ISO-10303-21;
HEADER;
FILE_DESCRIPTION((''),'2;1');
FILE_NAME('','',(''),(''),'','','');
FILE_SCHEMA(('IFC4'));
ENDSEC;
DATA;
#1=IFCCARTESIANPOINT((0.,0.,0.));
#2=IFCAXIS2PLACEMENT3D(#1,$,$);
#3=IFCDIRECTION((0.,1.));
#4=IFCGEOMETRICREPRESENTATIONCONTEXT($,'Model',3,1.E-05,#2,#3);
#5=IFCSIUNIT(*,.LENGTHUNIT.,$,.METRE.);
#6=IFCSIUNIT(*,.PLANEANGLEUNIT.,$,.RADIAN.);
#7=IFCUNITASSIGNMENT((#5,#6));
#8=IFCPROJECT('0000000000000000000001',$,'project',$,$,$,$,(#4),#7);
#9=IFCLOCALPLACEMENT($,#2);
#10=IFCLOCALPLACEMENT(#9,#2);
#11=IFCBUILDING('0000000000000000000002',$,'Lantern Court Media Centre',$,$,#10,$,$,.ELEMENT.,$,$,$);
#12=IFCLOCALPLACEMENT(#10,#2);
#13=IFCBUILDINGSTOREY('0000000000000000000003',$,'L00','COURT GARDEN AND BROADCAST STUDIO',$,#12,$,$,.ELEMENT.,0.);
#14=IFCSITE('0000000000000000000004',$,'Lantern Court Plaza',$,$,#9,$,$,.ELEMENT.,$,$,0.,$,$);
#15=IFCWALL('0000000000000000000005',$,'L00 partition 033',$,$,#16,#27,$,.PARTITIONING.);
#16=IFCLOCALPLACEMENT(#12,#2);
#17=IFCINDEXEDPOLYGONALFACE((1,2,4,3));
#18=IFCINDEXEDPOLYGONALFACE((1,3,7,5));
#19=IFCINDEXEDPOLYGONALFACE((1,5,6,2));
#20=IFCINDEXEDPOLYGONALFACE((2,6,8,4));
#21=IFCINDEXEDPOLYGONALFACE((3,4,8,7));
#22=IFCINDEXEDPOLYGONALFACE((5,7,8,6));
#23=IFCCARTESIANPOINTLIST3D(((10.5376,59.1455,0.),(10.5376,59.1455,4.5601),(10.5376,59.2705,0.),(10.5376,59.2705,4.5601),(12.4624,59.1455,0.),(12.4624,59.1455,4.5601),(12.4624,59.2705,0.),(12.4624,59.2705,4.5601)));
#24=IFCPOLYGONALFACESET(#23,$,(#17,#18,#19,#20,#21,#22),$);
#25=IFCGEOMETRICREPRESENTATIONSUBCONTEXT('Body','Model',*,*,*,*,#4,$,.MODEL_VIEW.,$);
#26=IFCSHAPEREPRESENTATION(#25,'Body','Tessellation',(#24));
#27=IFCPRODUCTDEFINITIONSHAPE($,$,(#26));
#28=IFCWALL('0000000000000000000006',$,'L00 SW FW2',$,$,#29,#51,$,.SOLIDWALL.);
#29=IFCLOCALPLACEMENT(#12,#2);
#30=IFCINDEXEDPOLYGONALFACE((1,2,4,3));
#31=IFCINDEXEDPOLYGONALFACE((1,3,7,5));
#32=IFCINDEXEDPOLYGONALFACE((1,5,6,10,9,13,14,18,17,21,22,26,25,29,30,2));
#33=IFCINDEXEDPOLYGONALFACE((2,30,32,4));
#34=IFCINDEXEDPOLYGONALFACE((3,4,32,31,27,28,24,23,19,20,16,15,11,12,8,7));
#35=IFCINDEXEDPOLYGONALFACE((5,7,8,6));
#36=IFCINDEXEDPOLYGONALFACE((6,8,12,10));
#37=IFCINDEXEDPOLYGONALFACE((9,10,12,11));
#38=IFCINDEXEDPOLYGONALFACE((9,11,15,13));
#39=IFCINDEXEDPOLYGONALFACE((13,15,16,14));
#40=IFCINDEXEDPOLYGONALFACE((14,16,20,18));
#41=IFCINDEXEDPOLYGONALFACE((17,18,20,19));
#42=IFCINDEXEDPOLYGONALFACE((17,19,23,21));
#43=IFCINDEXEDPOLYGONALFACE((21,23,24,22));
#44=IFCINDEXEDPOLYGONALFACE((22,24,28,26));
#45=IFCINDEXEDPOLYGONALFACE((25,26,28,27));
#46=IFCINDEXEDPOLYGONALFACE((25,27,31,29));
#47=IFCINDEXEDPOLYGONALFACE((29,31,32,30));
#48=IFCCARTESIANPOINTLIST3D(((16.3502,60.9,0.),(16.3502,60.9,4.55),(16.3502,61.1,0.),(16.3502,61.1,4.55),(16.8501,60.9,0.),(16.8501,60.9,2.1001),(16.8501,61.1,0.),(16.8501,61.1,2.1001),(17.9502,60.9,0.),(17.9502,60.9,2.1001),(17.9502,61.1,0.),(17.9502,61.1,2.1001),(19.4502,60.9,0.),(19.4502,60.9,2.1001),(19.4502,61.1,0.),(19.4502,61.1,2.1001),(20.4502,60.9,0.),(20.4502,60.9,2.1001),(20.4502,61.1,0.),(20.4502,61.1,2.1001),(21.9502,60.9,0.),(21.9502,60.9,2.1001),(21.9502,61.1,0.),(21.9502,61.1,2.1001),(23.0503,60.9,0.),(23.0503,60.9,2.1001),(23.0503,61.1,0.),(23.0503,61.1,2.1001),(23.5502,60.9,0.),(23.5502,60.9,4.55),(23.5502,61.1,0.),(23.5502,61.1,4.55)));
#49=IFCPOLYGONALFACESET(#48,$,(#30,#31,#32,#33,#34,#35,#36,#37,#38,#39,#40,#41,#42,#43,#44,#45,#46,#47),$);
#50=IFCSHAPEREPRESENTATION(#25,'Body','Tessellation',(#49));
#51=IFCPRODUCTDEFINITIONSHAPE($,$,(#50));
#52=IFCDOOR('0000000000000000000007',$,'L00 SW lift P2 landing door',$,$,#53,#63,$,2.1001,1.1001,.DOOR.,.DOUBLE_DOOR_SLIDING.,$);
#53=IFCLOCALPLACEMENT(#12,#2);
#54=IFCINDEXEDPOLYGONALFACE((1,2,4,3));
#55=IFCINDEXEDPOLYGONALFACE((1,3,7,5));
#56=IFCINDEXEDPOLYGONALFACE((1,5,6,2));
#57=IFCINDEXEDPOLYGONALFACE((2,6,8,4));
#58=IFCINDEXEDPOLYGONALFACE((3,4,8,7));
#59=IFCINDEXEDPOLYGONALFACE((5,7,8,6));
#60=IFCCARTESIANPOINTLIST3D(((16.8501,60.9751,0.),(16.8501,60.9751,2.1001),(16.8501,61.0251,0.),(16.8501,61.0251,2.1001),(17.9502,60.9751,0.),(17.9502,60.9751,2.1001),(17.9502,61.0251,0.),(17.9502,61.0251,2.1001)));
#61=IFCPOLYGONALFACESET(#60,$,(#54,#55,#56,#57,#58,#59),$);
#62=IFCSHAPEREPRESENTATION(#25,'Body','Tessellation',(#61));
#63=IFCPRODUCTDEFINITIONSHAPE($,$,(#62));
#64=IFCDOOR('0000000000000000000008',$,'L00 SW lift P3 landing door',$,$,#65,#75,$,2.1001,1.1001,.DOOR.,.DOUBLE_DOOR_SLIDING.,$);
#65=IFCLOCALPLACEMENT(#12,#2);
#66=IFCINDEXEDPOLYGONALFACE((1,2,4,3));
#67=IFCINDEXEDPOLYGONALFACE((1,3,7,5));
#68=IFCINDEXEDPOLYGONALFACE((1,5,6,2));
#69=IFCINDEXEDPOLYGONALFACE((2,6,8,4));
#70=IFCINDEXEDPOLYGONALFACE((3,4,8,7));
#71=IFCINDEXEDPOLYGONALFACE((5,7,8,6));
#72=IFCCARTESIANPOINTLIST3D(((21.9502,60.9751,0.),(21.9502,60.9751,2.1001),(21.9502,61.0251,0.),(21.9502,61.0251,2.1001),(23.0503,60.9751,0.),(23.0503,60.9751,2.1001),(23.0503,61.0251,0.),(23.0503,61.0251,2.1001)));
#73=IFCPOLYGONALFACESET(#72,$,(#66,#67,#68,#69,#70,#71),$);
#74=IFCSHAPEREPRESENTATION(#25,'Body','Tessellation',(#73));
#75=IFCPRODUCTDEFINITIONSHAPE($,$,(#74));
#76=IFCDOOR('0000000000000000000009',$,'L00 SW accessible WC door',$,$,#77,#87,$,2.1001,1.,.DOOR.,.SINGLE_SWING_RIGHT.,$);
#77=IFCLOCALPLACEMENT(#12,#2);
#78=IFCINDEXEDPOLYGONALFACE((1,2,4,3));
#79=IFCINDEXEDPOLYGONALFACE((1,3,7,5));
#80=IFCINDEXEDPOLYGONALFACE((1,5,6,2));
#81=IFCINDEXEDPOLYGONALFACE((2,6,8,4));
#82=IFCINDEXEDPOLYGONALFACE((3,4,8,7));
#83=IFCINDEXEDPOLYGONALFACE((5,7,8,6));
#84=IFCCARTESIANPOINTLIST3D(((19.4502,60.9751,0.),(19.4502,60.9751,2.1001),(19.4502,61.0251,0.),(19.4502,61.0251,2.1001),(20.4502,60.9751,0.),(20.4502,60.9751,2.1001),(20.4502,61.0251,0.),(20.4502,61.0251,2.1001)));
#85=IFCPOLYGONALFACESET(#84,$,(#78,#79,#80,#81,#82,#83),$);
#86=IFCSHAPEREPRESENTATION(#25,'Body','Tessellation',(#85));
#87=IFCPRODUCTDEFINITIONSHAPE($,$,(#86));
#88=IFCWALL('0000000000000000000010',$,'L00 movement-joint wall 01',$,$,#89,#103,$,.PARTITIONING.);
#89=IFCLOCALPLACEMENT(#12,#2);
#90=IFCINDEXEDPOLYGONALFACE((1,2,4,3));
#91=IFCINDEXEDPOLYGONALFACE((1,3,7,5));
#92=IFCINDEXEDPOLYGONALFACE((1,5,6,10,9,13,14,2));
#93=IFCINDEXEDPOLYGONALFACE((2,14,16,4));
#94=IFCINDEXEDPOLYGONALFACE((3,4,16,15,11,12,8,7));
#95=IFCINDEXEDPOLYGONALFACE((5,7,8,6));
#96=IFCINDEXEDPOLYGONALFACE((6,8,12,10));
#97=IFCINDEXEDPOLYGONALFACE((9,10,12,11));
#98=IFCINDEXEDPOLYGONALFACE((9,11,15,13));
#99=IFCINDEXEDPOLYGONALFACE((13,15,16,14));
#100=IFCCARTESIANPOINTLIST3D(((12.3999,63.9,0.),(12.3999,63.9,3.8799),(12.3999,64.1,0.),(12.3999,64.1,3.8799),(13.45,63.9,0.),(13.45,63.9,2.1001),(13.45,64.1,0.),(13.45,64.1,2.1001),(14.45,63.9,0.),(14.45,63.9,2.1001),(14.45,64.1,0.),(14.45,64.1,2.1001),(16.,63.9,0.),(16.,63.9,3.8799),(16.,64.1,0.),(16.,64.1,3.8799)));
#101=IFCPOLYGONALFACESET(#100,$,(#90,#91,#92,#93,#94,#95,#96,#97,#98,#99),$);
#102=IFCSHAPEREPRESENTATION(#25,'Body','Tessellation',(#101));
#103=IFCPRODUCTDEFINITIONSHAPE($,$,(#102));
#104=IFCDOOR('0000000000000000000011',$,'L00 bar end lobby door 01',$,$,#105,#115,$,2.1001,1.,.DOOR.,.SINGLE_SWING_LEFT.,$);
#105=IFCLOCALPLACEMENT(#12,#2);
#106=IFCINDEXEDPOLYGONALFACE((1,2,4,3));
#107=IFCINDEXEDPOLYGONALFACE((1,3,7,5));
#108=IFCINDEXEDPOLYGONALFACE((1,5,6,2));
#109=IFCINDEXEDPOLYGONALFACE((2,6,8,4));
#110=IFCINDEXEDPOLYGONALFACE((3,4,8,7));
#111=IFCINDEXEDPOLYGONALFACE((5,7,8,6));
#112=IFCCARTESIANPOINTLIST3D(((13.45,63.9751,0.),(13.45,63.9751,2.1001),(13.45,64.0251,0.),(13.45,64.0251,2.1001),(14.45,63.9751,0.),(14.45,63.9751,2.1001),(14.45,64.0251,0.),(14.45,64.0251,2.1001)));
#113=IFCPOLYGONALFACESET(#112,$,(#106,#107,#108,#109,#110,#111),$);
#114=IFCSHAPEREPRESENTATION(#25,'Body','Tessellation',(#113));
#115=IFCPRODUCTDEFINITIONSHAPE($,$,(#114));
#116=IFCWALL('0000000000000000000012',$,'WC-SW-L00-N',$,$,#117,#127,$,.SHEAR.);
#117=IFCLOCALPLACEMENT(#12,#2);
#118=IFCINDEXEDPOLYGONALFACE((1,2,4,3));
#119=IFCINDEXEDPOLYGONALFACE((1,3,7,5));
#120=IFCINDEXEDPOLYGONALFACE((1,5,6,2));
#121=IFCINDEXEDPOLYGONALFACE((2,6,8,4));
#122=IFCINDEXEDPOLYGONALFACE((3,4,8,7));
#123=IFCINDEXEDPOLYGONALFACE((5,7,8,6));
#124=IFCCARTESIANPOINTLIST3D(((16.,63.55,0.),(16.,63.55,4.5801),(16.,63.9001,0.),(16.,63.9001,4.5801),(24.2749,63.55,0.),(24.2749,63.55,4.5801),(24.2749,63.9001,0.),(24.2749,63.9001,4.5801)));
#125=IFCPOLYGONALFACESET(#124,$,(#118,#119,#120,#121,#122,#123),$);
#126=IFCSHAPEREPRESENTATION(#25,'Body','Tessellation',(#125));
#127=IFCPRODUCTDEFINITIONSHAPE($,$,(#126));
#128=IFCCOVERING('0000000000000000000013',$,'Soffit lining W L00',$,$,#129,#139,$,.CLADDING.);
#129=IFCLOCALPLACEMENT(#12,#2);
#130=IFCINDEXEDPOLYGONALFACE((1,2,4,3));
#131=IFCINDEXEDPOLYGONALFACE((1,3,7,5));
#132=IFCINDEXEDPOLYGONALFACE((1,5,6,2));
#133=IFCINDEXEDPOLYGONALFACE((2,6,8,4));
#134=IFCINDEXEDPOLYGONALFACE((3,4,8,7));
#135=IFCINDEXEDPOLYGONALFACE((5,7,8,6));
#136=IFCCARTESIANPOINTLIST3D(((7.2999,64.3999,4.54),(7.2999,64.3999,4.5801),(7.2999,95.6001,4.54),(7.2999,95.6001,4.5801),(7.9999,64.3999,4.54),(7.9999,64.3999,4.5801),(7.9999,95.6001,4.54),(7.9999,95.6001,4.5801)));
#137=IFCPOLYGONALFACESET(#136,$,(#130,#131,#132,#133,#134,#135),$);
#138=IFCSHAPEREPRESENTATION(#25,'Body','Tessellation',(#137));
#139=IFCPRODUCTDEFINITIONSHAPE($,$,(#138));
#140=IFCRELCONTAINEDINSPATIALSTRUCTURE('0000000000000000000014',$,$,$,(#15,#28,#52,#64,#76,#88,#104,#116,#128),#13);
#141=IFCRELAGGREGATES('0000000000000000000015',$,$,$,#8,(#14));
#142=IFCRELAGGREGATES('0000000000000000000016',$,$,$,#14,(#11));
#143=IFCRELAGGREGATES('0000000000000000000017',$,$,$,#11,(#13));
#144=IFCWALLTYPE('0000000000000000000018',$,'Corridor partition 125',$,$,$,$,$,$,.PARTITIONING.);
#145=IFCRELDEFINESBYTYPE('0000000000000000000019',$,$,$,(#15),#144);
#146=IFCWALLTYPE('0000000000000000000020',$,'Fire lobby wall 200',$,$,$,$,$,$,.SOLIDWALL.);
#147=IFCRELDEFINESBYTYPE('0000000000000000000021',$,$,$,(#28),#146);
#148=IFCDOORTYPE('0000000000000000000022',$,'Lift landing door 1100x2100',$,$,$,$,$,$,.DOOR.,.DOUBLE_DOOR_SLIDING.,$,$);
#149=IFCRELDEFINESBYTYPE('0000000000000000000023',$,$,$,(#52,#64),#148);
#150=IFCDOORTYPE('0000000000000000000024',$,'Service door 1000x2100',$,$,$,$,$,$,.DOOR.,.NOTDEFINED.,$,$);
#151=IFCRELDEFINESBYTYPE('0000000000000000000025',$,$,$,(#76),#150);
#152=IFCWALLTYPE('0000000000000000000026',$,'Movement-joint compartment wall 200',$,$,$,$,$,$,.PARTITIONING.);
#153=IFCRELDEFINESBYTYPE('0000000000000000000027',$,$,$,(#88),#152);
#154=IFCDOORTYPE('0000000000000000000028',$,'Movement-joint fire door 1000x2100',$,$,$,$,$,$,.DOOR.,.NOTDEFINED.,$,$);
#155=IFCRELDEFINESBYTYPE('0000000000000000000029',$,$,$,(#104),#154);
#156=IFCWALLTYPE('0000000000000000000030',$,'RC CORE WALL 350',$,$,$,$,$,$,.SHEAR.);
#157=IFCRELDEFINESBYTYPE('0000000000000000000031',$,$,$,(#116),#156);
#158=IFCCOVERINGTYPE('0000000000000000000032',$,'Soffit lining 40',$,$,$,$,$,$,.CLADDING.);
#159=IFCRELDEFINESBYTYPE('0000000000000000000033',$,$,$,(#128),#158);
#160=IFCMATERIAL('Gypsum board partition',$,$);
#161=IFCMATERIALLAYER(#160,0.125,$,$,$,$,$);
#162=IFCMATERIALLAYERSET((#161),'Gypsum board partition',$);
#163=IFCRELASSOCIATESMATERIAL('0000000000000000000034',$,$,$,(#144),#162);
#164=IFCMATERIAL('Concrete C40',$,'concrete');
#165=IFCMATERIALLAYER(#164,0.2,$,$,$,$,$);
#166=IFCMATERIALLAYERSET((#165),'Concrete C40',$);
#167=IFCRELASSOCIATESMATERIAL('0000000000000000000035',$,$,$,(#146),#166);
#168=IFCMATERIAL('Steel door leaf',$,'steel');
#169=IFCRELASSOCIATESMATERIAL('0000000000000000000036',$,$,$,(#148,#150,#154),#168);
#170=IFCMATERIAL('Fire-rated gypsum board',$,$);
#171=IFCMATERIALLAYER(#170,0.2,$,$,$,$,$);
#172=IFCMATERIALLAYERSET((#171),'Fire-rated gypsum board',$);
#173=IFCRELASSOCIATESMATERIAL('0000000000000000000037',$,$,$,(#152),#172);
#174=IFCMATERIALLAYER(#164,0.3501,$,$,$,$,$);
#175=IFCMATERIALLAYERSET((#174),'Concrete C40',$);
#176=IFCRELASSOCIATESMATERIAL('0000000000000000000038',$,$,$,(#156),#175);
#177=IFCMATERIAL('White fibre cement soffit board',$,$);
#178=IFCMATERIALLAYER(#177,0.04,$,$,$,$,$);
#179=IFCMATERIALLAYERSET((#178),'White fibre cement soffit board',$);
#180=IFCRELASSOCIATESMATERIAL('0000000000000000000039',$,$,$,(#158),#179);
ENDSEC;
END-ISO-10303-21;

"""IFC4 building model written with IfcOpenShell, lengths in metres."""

from ifc_helpers import new_model, si_unit, direction, frame, frame_2d, origin, place, context, subcontext, project, spatial, rectangle, extrude, material, layer, layer_set, type_object, element, fill, save


model = new_model("IFC4")

# Units and contexts
model_context = context("Model", 3, precision=1e-05, world=origin(), true_north=direction((0.0, 1.0)))
body_context = subcontext(model_context, "Body", "Model", "MODEL_VIEW")
ifc_project = project(units=[si_unit("LENGTHUNIT", "METRE"), si_unit("PLANEANGLEUNIT", "RADIAN")], contexts=[model_context])

# Site, building, storey
site_placement = place(None, origin())
site = spatial("IfcSite", under=ifc_project, at=site_placement, Name="Lantern Court Plaza", CompositionType="ELEMENT", RefElevation=0.0)
building_placement = place(site_placement, origin())
building = spatial("IfcBuilding", under=site, at=building_placement, Name="Lantern Court Media Centre", CompositionType="ELEMENT")
storey_placement = place(building_placement, origin())
storey = spatial("IfcBuildingStorey", under=building, at=storey_placement, Name="L00", Description="COURT GARDEN AND BROADCAST STUDIO", CompositionType="ELEMENT", Elevation=0.0)

# Shared definitions
ifc_material_1 = material(Name="Gypsum board partition")
ifc_layer_1 = layer(ifc_material_1, 0.125)
ifc_layer_set_1 = layer_set([ifc_layer_1], Name="Gypsum board partition")
wall_type_1 = type_object("IfcWallType", Name="Corridor partition 125", PredefinedType="PARTITIONING", material=ifc_layer_set_1)

# Wall
wall_1_placement = place(storey_placement, frame((10.5376, 59.208, 0.0), z_axis=(0.0, 0.0, 1.0), x_axis=(1.0, 0.0, 0.0)))
element("IfcWall", 1, at=wall_1_placement, inside=storey, type_object=wall_type_1, Name="L00 partition 033", PredefinedType="PARTITIONING", context=body_context, shape_type="SweptSolid", body=[
    extrude(rectangle(XDim=1.9248, YDim=0.125, at=frame_2d((0.9624, 0.0))), origin(), (0.0, 0.0, 1.0), 4.5601),
])

# Wall, openings, doors
ifc_material_2 = material(Name="Concrete C40", Category="concrete")
ifc_layer_2 = layer(ifc_material_2, 0.2)
ifc_layer_set_2 = layer_set([ifc_layer_2], Name="Concrete C40")
wall_type_2 = type_object("IfcWallType", Name="Fire lobby wall 200", PredefinedType="SOLIDWALL", material=ifc_layer_set_2)
wall_2_placement = place(storey_placement, frame((16.3501, 61.0, 0.0), z_axis=(0.0, 0.0, 1.0), x_axis=(1.0, 0.0, 0.0)))
wall_2 = element("IfcWall", 2, at=wall_2_placement, inside=storey, type_object=wall_type_2, Name="L00 SW FW2", PredefinedType="SOLIDWALL", context=body_context, shape_type="SweptSolid", body=[
    extrude(rectangle(XDim=7.2, YDim=0.2, at=frame_2d((3.6001, 0.0))), origin(), (0.0, 0.0, 1.0), 4.55),
])
opening_1_placement = place(wall_2_placement, frame((0.5, 0.0, 0.0)))
opening_1 = element("IfcOpeningElement", 3, at=opening_1_placement, cuts=wall_2, PredefinedType="OPENING", context=body_context, shape_type="SweptSolid", body=[
    extrude(rectangle(XDim=1.1001, YDim=2.1001, at=frame_2d((0.55, 1.05))), frame((0.0, 0.1099, 0.0), z_axis=(0.0, -1.0, 0.0), x_axis=(1.0, 0.0, 0.0)), (0.0, 0.0, 1.0), 0.22),
])
opening_2_placement = place(wall_2_placement, frame((5.6001, 0.0, 0.0)))
opening_2 = element("IfcOpeningElement", 4, at=opening_2_placement, cuts=wall_2, PredefinedType="OPENING", context=body_context, shape_type="SweptSolid", body=[
    extrude(rectangle(XDim=1.1001, YDim=2.1001, at=frame_2d((0.55, 1.05))), frame((0.0, 0.1099, 0.0), z_axis=(0.0, -1.0, 0.0), x_axis=(1.0, 0.0, 0.0)), (0.0, 0.0, 1.0), 0.22),
])
opening_3_placement = place(wall_2_placement, frame((3.1001, 0.0, 0.0)))
opening_3 = element("IfcOpeningElement", 5, at=opening_3_placement, cuts=wall_2, PredefinedType="OPENING", context=body_context, shape_type="SweptSolid", body=[
    extrude(rectangle(XDim=1.0, YDim=2.1001, at=frame_2d((0.5, 1.05))), frame((0.0, 0.1099, 0.0), z_axis=(0.0, -1.0, 0.0), x_axis=(1.0, 0.0, 0.0)), (0.0, 0.0, 1.0), 0.22),
])
ifc_material_3 = material(Name="Steel door leaf", Category="steel")
door_type_1 = type_object("IfcDoorType", Name="Lift landing door 1100x2100", OperationType="DOUBLE_DOOR_SLIDING", PredefinedType="DOOR", material=ifc_material_3)
door_1_placement = place(opening_1_placement, frame((1.1001, 0.0, 0.0), z_axis=(0.0, 0.0, 1.0), x_axis=(-1.0, 0.0, 0.0)))
door_1 = element("IfcDoor", 6, at=door_1_placement, inside=storey, type_object=door_type_1, Name="L00 SW lift P2 landing door", OperationType="DOUBLE_DOOR_SLIDING", OverallHeight=2.1001, OverallWidth=1.1001, PredefinedType="DOOR", context=body_context, shape_type="SweptSolid", body=[
    extrude(rectangle(XDim=1.1001, YDim=2.1001, at=frame_2d((0.55, 1.05))), frame((0.0, 0.0249, 0.0), z_axis=(0.0, -1.0, 0.0), x_axis=(1.0, 0.0, 0.0)), (0.0, 0.0, 1.0), 0.05),
])
fill(opening_1, door_1)
door_2_placement = place(opening_2_placement, frame((1.1001, 0.0, 0.0), z_axis=(0.0, 0.0, 1.0), x_axis=(-1.0, 0.0, 0.0)))
door_2 = element("IfcDoor", 7, at=door_2_placement, inside=storey, type_object=door_type_1, Name="L00 SW lift P3 landing door", OperationType="DOUBLE_DOOR_SLIDING", OverallHeight=2.1001, OverallWidth=1.1001, PredefinedType="DOOR", context=body_context, shape_type="SweptSolid", body=[
    extrude(rectangle(XDim=1.1001, YDim=2.1001, at=frame_2d((0.55, 1.05))), frame((0.0, 0.0249, 0.0), z_axis=(0.0, -1.0, 0.0), x_axis=(1.0, 0.0, 0.0)), (0.0, 0.0, 1.0), 0.05),
])
fill(opening_2, door_2)
door_type_2 = type_object("IfcDoorType", Name="Service door 1000x2100", OperationType="NOTDEFINED", PredefinedType="DOOR", material=ifc_material_3)
door_3_placement = place(opening_3_placement, frame((1.0, 0.0, 0.0), z_axis=(0.0, 0.0, 1.0), x_axis=(-1.0, 0.0, 0.0)))
door_3 = element("IfcDoor", 8, at=door_3_placement, inside=storey, type_object=door_type_2, Name="L00 SW accessible WC door", OperationType="SINGLE_SWING_RIGHT", OverallHeight=2.1001, OverallWidth=1.0, PredefinedType="DOOR", context=body_context, shape_type="SweptSolid", body=[
    extrude(rectangle(XDim=1.0, YDim=2.1001, at=frame_2d((0.5, 1.05))), frame((0.0, 0.0249, 0.0), z_axis=(0.0, -1.0, 0.0), x_axis=(1.0, 0.0, 0.0)), (0.0, 0.0, 1.0), 0.05),
])
fill(opening_3, door_3)

# Wall, opening, door
ifc_material_4 = material(Name="Fire-rated gypsum board")
ifc_layer_3 = layer(ifc_material_4, 0.2)
ifc_layer_set_3 = layer_set([ifc_layer_3], Name="Fire-rated gypsum board")
wall_type_3 = type_object("IfcWallType", Name="Movement-joint compartment wall 200", PredefinedType="PARTITIONING", material=ifc_layer_set_3)
wall_3_placement = place(storey_placement, frame((12.3999, 64.0, 0.0), z_axis=(0.0, 0.0, 1.0), x_axis=(1.0, 0.0, 0.0)))
wall_3 = element("IfcWall", 9, at=wall_3_placement, inside=storey, type_object=wall_type_3, Name="L00 movement-joint wall 01", PredefinedType="PARTITIONING", context=body_context, shape_type="SweptSolid", body=[
    extrude(rectangle(XDim=3.6001, YDim=0.2, at=frame_2d((1.8, 0.0))), origin(), (0.0, 0.0, 1.0), 3.8799),
])
opening_4_placement = place(wall_3_placement, frame((1.05, 0.0, 0.0)))
opening_4 = element("IfcOpeningElement", 10, at=opening_4_placement, cuts=wall_3, PredefinedType="OPENING", context=body_context, shape_type="SweptSolid", body=[
    extrude(rectangle(XDim=1.0, YDim=2.1001, at=frame_2d((0.5, 1.05))), frame((0.0, 0.1099, 0.0), z_axis=(0.0, -1.0, 0.0), x_axis=(1.0, 0.0, 0.0)), (0.0, 0.0, 1.0), 0.22),
])
door_type_3 = type_object("IfcDoorType", Name="Movement-joint fire door 1000x2100", OperationType="NOTDEFINED", PredefinedType="DOOR", material=ifc_material_3)
door_4_placement = place(opening_4_placement, frame((1.0, 0.0, 0.0), z_axis=(0.0, 0.0, 1.0), x_axis=(-1.0, 0.0, 0.0)))
door_4 = element("IfcDoor", 11, at=door_4_placement, inside=storey, type_object=door_type_3, Name="L00 bar end lobby door 01", OperationType="SINGLE_SWING_LEFT", OverallHeight=2.1001, OverallWidth=1.0, PredefinedType="DOOR", context=body_context, shape_type="SweptSolid", body=[
    extrude(rectangle(XDim=1.0, YDim=2.1001, at=frame_2d((0.5, 1.05))), frame((0.0, 0.0249, 0.0), z_axis=(0.0, -1.0, 0.0), x_axis=(1.0, 0.0, 0.0)), (0.0, 0.0, 1.0), 0.05),
])
fill(opening_4, door_4)

# Wall
ifc_layer_4 = layer(ifc_material_2, 0.3501)
ifc_layer_set_4 = layer_set([ifc_layer_4], Name="Concrete C40")
wall_type_4 = type_object("IfcWallType", Name="RC CORE WALL 350", PredefinedType="SHEAR", material=ifc_layer_set_4)
wall_4_placement = place(storey_placement, frame((16.0, 63.7251, 0.0), z_axis=(0.0, 0.0, 1.0), x_axis=(1.0, 0.0, 0.0)))
element("IfcWall", 12, at=wall_4_placement, inside=storey, type_object=wall_type_4, Name="WC-SW-L00-N", PredefinedType="SHEAR", context=body_context, shape_type="SweptSolid", body=[
    extrude(rectangle(XDim=8.2749, YDim=0.3501, at=frame_2d((4.1375, 0.0))), origin(), (0.0, 0.0, 1.0), 4.5801),
])

# Covering
ifc_material_5 = material(Name="White fibre cement soffit board")
ifc_layer_5 = layer(ifc_material_5, 0.04)
ifc_layer_set_5 = layer_set([ifc_layer_5], Name="White fibre cement soffit board")
covering_type = type_object("IfcCoveringType", Name="Soffit lining 40", PredefinedType="CLADDING", material=ifc_layer_set_5)
covering_placement = place(storey_placement, frame((7.6499, 64.3999, 4.54), z_axis=(0.0, 0.0, 1.0), x_axis=(0.0, 1.0, 0.0)))
element("IfcCovering", 13, at=covering_placement, inside=storey, type_object=covering_type, Name="Soffit lining W L00", PredefinedType="CLADDING", context=body_context, shape_type="SweptSolid", body=[
    extrude(rectangle(XDim=31.2002, YDim=0.7, at=frame_2d((15.6001, 0.0))), origin(), (0.0, 0.0, 1.0), 0.04),
])

save(model, "model.ifc")
